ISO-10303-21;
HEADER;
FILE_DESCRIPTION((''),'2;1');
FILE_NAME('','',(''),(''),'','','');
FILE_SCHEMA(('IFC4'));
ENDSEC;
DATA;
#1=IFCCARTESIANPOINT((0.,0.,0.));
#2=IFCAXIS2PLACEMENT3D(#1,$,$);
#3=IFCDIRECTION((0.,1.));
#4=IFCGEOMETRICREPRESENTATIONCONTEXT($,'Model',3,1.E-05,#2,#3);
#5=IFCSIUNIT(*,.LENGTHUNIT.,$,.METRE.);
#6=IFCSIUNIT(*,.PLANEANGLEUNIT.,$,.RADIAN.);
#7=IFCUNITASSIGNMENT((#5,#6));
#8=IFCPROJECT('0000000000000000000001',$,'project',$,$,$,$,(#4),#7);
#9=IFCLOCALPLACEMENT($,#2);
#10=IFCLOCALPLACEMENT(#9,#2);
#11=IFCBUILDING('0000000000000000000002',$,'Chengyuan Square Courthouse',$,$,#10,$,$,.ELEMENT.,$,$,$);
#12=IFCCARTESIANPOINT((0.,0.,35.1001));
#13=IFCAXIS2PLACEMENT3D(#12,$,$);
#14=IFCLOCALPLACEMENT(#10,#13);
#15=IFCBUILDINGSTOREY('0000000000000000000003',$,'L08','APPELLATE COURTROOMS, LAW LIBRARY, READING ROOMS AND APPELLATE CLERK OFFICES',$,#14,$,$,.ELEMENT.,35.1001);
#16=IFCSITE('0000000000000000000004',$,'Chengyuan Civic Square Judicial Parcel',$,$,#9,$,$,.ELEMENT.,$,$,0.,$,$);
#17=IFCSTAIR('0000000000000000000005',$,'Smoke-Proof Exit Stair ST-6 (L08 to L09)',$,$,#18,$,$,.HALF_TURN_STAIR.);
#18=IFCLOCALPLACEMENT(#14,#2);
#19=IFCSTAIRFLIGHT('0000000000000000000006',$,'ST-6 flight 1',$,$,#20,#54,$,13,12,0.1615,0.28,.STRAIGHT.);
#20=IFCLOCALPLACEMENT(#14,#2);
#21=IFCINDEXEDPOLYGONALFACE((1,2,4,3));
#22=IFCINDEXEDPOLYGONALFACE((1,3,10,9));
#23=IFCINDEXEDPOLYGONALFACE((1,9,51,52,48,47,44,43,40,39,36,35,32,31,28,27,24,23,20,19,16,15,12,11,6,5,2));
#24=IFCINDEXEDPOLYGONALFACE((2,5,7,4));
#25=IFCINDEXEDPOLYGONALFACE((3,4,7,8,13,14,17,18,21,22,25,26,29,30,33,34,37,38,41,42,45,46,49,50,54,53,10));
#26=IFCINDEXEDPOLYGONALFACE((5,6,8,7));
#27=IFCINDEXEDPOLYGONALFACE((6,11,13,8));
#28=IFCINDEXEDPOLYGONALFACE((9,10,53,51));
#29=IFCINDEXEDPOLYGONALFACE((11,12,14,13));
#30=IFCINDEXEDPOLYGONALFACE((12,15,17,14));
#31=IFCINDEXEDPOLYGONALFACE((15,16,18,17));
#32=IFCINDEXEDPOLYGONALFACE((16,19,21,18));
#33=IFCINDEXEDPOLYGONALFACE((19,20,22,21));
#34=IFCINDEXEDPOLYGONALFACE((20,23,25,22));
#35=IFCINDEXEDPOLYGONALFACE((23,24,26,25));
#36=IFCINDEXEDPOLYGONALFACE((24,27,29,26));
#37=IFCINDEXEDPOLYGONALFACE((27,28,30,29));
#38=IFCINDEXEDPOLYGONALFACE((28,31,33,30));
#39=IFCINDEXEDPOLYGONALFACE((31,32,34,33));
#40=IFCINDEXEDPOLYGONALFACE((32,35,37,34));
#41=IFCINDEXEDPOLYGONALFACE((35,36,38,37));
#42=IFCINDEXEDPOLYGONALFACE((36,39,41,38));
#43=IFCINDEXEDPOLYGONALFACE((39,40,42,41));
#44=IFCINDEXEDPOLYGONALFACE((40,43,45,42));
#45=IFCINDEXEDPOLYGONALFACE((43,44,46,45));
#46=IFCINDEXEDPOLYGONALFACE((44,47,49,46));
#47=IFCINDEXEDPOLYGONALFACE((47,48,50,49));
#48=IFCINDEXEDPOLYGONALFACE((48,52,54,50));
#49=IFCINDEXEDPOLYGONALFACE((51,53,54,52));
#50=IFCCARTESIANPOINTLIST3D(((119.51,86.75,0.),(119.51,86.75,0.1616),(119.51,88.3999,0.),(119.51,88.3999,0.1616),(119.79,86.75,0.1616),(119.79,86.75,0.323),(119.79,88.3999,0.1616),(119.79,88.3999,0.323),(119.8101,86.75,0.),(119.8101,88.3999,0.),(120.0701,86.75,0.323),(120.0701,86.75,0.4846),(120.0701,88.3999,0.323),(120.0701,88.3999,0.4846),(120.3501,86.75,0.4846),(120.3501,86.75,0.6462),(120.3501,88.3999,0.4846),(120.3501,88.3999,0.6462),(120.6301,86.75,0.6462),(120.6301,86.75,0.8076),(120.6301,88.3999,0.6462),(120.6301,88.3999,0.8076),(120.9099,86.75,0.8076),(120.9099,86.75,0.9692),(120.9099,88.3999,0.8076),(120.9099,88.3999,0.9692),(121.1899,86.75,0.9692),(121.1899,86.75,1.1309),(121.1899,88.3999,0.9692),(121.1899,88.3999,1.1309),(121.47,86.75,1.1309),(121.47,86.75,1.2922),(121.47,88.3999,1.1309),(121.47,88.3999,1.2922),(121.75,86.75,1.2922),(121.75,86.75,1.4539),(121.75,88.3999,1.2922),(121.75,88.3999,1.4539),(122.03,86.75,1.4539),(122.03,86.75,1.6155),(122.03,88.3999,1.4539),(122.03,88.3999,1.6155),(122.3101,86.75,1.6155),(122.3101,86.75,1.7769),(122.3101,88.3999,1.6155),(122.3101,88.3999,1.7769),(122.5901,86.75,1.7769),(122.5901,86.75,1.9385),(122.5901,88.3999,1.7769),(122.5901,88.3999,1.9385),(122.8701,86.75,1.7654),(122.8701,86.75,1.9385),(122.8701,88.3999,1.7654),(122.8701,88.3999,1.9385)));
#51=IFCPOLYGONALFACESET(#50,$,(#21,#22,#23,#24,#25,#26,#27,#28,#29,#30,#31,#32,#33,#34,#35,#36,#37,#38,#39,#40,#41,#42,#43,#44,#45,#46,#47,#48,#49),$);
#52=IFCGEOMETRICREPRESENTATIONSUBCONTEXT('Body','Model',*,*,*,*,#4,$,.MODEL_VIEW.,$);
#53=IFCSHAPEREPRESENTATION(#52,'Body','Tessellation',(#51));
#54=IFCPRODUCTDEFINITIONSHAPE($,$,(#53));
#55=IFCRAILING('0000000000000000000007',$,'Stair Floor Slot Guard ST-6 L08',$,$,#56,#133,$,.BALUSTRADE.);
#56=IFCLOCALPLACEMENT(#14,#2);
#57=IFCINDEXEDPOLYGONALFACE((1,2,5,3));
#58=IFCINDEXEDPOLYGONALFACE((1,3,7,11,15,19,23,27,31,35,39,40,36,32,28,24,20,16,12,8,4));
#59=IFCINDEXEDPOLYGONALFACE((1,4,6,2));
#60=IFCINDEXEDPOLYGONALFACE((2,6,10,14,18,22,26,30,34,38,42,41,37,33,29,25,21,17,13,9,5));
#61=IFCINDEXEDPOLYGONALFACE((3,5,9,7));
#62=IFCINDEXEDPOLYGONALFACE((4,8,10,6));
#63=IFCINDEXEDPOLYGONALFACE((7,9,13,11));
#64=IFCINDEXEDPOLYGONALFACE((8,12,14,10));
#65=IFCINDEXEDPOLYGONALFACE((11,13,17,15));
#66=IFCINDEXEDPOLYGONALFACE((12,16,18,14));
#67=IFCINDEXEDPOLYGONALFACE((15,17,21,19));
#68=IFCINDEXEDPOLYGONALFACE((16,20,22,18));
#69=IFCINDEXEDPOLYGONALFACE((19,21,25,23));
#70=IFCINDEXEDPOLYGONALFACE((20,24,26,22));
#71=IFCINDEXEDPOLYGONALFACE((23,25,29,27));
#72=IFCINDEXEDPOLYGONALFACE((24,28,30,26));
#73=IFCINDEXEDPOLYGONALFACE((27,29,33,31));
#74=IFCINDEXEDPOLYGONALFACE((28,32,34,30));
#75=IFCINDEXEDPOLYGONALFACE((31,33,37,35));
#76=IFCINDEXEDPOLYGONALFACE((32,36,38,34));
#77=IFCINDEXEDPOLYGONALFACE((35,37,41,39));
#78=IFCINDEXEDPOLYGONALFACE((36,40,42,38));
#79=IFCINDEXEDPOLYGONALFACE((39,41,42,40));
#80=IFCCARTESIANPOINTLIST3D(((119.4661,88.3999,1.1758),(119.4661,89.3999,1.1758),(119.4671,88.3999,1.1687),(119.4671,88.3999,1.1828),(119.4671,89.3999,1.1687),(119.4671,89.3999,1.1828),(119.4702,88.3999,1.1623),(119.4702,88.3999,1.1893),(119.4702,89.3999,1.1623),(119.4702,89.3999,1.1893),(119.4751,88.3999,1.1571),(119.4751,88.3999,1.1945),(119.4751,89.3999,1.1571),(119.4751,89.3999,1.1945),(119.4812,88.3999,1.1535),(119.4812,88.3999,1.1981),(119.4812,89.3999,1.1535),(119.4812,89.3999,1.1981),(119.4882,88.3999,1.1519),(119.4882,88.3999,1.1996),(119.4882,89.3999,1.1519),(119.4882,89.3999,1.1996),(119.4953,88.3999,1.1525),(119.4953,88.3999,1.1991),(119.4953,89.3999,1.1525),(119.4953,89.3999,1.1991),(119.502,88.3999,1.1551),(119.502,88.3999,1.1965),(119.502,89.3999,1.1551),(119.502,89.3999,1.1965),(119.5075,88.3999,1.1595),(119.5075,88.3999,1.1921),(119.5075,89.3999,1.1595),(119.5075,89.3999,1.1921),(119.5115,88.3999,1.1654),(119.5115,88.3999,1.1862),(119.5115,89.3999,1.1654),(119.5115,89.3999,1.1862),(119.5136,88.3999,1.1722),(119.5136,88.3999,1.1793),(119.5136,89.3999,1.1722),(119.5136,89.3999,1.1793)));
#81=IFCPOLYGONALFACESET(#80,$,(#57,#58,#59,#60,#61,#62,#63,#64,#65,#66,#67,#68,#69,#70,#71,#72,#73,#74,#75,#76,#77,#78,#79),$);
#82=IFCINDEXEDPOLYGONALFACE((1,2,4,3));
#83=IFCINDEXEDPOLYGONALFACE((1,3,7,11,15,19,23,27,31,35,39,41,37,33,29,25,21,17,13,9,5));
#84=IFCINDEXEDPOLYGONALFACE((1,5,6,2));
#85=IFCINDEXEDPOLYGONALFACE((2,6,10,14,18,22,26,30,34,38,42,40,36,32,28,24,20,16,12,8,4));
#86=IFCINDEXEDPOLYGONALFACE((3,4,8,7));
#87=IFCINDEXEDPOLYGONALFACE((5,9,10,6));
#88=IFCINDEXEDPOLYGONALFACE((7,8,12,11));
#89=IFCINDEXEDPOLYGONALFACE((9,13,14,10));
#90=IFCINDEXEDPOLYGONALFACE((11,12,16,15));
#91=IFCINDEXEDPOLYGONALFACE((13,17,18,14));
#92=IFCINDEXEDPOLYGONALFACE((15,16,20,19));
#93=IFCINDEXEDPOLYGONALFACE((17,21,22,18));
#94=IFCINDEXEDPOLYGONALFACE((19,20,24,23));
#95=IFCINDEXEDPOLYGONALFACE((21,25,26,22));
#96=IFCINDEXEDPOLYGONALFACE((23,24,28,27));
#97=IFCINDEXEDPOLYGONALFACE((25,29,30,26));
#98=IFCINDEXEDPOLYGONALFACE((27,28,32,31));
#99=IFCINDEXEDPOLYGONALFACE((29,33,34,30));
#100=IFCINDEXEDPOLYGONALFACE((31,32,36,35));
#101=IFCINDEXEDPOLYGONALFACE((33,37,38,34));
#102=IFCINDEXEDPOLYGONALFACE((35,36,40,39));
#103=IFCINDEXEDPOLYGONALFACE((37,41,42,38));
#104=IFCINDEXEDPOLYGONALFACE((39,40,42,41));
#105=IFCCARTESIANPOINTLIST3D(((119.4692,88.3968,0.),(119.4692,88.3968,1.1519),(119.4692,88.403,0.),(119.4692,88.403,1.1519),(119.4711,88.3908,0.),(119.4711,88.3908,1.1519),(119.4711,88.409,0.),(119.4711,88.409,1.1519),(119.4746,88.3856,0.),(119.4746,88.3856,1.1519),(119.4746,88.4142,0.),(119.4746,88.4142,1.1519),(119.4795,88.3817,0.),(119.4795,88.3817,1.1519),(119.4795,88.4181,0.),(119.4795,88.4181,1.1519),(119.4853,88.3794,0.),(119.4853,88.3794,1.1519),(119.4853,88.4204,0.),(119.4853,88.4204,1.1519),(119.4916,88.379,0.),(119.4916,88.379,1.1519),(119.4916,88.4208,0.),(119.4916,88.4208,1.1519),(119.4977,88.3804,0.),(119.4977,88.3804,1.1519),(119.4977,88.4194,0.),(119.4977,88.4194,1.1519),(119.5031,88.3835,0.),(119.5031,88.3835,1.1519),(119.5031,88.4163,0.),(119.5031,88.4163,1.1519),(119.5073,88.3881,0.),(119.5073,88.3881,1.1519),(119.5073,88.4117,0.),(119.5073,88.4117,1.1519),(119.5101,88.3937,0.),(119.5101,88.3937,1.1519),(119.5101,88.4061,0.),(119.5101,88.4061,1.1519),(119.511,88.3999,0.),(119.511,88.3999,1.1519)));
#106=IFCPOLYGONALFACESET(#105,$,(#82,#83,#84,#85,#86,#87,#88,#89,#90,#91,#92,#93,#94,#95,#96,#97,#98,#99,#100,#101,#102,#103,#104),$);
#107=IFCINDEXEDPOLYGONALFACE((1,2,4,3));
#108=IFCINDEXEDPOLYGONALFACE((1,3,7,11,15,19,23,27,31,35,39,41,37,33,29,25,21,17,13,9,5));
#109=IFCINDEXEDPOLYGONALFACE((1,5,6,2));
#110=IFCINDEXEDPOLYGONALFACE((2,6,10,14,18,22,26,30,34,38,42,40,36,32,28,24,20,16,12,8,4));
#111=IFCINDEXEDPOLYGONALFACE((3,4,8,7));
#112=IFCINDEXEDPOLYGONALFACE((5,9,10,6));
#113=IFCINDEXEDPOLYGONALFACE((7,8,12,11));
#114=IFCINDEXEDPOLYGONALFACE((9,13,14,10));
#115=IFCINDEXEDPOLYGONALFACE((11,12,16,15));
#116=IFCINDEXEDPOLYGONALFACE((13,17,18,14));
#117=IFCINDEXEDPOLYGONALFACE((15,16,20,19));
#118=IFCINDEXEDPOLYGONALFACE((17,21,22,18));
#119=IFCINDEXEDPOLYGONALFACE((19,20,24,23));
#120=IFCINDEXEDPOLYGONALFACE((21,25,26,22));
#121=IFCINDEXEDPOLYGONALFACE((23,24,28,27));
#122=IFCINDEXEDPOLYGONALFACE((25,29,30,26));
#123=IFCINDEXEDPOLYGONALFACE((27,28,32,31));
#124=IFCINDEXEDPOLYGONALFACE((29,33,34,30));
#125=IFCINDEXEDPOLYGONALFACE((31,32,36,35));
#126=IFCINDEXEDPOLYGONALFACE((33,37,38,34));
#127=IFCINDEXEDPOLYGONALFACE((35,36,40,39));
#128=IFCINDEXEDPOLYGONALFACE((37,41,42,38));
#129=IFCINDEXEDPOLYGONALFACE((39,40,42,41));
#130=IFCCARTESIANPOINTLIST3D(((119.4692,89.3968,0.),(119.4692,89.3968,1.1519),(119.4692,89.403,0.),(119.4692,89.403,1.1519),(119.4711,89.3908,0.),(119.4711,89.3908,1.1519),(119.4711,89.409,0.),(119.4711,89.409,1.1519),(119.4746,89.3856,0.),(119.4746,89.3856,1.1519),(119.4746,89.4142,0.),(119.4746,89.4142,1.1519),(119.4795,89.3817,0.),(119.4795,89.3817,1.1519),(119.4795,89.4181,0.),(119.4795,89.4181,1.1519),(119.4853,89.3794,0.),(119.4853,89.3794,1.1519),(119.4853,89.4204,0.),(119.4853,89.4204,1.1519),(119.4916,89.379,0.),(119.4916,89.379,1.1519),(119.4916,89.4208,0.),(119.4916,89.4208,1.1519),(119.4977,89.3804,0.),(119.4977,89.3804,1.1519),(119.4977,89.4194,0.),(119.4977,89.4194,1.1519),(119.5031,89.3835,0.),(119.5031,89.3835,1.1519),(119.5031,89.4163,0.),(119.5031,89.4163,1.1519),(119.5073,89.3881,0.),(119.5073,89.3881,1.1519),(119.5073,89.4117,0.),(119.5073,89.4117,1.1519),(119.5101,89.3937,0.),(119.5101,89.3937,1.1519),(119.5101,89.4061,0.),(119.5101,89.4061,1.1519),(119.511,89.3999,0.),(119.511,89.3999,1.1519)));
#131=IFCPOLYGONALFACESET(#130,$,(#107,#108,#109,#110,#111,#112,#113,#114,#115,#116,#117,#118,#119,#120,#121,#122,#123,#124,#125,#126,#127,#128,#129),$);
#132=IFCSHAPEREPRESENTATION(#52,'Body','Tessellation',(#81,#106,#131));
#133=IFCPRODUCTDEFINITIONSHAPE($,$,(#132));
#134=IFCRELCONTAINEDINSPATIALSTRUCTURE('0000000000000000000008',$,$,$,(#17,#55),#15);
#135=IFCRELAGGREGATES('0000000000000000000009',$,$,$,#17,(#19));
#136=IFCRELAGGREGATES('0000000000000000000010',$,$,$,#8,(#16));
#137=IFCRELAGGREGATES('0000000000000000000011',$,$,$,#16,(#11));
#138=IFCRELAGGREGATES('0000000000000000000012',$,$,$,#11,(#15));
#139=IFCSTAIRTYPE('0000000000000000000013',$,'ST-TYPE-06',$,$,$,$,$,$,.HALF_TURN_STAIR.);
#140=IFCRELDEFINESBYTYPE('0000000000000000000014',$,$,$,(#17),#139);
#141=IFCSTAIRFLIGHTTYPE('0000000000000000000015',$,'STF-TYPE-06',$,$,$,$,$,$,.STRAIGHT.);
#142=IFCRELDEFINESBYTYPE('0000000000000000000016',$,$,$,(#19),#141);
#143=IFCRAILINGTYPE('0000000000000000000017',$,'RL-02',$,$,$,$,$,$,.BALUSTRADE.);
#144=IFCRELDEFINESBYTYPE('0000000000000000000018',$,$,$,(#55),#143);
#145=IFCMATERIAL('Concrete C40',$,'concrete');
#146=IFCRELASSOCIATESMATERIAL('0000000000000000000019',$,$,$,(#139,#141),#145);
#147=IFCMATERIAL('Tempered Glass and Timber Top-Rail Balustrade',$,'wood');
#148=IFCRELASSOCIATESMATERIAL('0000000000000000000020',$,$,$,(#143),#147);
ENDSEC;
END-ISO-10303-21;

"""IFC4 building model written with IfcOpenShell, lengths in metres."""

from ifc_helpers import new_model, si_unit, direction, frame, origin, origin_2d, place, context, subcontext, project, spatial, polyline, circle, outline, extrude, material, type_object, element, aggregate, save


model = new_model("IFC4")

# Units and contexts
model_context = context("Model", 3, precision=1e-05, world=origin(), true_north=direction((0.0, 1.0)))
body_context = subcontext(model_context, "Body", "Model", "MODEL_VIEW")
ifc_project = project(units=[si_unit("LENGTHUNIT", "METRE"), si_unit("PLANEANGLEUNIT", "RADIAN")], contexts=[model_context])

# Site, building, storey
site_placement = place(None, origin())
site = spatial("IfcSite", under=ifc_project, at=site_placement, Name="Chengyuan Civic Square Judicial Parcel", CompositionType="ELEMENT", RefElevation=0.0)
building_placement = place(site_placement, origin())
building = spatial("IfcBuilding", under=site, at=building_placement, Name="Chengyuan Square Courthouse", CompositionType="ELEMENT")
storey_placement = place(building_placement, frame((0.0, 0.0, 35.1001)))
storey = spatial("IfcBuildingStorey", under=building, at=storey_placement, Name="L08", Description="APPELLATE COURTROOMS, LAW LIBRARY, READING ROOMS AND APPELLATE CLERK OFFICES", CompositionType="ELEMENT", Elevation=35.1001)

# Shared definitions
ifc_material_1 = material(Name="Concrete C40", Category="concrete")

# Stair, stair flight
stair_type = type_object("IfcStairType", Name="ST-TYPE-06", PredefinedType="HALF_TURN_STAIR", material=ifc_material_1)
stair_placement = place(storey_placement, origin())
stair = element("IfcStair", 1, at=stair_placement, inside=storey, type_object=stair_type, Name="Smoke-Proof Exit Stair ST-6 (L08 to L09)", PredefinedType="HALF_TURN_STAIR")
stair_flight_type = type_object("IfcStairFlightType", Name="STF-TYPE-06", PredefinedType="STRAIGHT", material=ifc_material_1)
stair_flight_placement = place(storey_placement, frame((119.51, 87.575, 0.0), z_axis=(0.0, 0.0, 1.0), x_axis=(1.0, 0.0, 0.0)))
stair_flight = element("IfcStairFlight", 2, at=stair_flight_placement, type_object=stair_flight_type, Name="ST-6 flight 1", NumberOfRisers=13, NumberOfTreads=12, PredefinedType="STRAIGHT", RiserHeight=0.1615, TreadLength=0.28, context=body_context, shape_type="SweptSolid", body=[
    extrude(outline(polyline([(0.0, 0.0), (0.0, 0.1616), (0.28, 0.1616), (0.28, 0.323), (0.5601, 0.323), (0.5601, 0.4846), (0.8401, 0.4846), (0.8401, 0.6462), (1.1201, 0.6462), (1.1201, 0.8076), (1.3999, 0.8076), (1.3999, 0.9692), (1.6799, 0.9692), (1.6799, 1.1309), (1.96, 1.1309), (1.96, 1.2922), (2.24, 1.2922), (2.24, 1.4539), (2.52, 1.4539), (2.52, 1.6155), (2.8, 1.6155), (2.8, 1.7769), (3.0801, 1.7769), (3.0801, 1.9385), (3.3601, 1.9385), (3.3601, 2.1001), (3.3601, 1.7654), (0.3, 0.0), (0.0, 0.0)])), frame((0.0, 0.825, 0.0), z_axis=(0.0, -1.0, 0.0), x_axis=(1.0, 0.0, 0.0)), (0.0, 0.0, 1.0), 1.6499),
])
aggregate(stair, [stair_flight])

# Railing
ifc_material_2 = material(Name="Tempered Glass and Timber Top-Rail Balustrade", Category="wood")
railing_type_1 = type_object("IfcRailingType", Name="RL-02", PredefinedType="BALUSTRADE", material=ifc_material_2)
railing_1_placement = place(storey_placement, frame((119.49, 88.3999, 0.0)))
element("IfcRailing", 3, at=railing_1_placement, inside=storey, type_object=railing_type_1, Name="Stair Floor Slot Guard ST-6 L08", PredefinedType="BALUSTRADE", context=body_context, shape_type="SweptSolid", body=[
    extrude(circle(Radius=0.0239, at=origin_2d()), frame((0.0, 0.0, 1.1758), z_axis=(0.0, 1.0, 0.0), x_axis=(-1.0, 0.0, 0.0)), (0.0, 0.0, 1.0), 1.0),
    extrude(circle(Radius=0.021, at=origin_2d()), origin(), (0.0, 0.0, 1.0), 1.1519),
    extrude(circle(Radius=0.021, at=origin_2d()), frame((0.0, 1.0, 0.0)), (0.0, 0.0, 1.0), 1.1519),
])

save(model, "model.ifc")
